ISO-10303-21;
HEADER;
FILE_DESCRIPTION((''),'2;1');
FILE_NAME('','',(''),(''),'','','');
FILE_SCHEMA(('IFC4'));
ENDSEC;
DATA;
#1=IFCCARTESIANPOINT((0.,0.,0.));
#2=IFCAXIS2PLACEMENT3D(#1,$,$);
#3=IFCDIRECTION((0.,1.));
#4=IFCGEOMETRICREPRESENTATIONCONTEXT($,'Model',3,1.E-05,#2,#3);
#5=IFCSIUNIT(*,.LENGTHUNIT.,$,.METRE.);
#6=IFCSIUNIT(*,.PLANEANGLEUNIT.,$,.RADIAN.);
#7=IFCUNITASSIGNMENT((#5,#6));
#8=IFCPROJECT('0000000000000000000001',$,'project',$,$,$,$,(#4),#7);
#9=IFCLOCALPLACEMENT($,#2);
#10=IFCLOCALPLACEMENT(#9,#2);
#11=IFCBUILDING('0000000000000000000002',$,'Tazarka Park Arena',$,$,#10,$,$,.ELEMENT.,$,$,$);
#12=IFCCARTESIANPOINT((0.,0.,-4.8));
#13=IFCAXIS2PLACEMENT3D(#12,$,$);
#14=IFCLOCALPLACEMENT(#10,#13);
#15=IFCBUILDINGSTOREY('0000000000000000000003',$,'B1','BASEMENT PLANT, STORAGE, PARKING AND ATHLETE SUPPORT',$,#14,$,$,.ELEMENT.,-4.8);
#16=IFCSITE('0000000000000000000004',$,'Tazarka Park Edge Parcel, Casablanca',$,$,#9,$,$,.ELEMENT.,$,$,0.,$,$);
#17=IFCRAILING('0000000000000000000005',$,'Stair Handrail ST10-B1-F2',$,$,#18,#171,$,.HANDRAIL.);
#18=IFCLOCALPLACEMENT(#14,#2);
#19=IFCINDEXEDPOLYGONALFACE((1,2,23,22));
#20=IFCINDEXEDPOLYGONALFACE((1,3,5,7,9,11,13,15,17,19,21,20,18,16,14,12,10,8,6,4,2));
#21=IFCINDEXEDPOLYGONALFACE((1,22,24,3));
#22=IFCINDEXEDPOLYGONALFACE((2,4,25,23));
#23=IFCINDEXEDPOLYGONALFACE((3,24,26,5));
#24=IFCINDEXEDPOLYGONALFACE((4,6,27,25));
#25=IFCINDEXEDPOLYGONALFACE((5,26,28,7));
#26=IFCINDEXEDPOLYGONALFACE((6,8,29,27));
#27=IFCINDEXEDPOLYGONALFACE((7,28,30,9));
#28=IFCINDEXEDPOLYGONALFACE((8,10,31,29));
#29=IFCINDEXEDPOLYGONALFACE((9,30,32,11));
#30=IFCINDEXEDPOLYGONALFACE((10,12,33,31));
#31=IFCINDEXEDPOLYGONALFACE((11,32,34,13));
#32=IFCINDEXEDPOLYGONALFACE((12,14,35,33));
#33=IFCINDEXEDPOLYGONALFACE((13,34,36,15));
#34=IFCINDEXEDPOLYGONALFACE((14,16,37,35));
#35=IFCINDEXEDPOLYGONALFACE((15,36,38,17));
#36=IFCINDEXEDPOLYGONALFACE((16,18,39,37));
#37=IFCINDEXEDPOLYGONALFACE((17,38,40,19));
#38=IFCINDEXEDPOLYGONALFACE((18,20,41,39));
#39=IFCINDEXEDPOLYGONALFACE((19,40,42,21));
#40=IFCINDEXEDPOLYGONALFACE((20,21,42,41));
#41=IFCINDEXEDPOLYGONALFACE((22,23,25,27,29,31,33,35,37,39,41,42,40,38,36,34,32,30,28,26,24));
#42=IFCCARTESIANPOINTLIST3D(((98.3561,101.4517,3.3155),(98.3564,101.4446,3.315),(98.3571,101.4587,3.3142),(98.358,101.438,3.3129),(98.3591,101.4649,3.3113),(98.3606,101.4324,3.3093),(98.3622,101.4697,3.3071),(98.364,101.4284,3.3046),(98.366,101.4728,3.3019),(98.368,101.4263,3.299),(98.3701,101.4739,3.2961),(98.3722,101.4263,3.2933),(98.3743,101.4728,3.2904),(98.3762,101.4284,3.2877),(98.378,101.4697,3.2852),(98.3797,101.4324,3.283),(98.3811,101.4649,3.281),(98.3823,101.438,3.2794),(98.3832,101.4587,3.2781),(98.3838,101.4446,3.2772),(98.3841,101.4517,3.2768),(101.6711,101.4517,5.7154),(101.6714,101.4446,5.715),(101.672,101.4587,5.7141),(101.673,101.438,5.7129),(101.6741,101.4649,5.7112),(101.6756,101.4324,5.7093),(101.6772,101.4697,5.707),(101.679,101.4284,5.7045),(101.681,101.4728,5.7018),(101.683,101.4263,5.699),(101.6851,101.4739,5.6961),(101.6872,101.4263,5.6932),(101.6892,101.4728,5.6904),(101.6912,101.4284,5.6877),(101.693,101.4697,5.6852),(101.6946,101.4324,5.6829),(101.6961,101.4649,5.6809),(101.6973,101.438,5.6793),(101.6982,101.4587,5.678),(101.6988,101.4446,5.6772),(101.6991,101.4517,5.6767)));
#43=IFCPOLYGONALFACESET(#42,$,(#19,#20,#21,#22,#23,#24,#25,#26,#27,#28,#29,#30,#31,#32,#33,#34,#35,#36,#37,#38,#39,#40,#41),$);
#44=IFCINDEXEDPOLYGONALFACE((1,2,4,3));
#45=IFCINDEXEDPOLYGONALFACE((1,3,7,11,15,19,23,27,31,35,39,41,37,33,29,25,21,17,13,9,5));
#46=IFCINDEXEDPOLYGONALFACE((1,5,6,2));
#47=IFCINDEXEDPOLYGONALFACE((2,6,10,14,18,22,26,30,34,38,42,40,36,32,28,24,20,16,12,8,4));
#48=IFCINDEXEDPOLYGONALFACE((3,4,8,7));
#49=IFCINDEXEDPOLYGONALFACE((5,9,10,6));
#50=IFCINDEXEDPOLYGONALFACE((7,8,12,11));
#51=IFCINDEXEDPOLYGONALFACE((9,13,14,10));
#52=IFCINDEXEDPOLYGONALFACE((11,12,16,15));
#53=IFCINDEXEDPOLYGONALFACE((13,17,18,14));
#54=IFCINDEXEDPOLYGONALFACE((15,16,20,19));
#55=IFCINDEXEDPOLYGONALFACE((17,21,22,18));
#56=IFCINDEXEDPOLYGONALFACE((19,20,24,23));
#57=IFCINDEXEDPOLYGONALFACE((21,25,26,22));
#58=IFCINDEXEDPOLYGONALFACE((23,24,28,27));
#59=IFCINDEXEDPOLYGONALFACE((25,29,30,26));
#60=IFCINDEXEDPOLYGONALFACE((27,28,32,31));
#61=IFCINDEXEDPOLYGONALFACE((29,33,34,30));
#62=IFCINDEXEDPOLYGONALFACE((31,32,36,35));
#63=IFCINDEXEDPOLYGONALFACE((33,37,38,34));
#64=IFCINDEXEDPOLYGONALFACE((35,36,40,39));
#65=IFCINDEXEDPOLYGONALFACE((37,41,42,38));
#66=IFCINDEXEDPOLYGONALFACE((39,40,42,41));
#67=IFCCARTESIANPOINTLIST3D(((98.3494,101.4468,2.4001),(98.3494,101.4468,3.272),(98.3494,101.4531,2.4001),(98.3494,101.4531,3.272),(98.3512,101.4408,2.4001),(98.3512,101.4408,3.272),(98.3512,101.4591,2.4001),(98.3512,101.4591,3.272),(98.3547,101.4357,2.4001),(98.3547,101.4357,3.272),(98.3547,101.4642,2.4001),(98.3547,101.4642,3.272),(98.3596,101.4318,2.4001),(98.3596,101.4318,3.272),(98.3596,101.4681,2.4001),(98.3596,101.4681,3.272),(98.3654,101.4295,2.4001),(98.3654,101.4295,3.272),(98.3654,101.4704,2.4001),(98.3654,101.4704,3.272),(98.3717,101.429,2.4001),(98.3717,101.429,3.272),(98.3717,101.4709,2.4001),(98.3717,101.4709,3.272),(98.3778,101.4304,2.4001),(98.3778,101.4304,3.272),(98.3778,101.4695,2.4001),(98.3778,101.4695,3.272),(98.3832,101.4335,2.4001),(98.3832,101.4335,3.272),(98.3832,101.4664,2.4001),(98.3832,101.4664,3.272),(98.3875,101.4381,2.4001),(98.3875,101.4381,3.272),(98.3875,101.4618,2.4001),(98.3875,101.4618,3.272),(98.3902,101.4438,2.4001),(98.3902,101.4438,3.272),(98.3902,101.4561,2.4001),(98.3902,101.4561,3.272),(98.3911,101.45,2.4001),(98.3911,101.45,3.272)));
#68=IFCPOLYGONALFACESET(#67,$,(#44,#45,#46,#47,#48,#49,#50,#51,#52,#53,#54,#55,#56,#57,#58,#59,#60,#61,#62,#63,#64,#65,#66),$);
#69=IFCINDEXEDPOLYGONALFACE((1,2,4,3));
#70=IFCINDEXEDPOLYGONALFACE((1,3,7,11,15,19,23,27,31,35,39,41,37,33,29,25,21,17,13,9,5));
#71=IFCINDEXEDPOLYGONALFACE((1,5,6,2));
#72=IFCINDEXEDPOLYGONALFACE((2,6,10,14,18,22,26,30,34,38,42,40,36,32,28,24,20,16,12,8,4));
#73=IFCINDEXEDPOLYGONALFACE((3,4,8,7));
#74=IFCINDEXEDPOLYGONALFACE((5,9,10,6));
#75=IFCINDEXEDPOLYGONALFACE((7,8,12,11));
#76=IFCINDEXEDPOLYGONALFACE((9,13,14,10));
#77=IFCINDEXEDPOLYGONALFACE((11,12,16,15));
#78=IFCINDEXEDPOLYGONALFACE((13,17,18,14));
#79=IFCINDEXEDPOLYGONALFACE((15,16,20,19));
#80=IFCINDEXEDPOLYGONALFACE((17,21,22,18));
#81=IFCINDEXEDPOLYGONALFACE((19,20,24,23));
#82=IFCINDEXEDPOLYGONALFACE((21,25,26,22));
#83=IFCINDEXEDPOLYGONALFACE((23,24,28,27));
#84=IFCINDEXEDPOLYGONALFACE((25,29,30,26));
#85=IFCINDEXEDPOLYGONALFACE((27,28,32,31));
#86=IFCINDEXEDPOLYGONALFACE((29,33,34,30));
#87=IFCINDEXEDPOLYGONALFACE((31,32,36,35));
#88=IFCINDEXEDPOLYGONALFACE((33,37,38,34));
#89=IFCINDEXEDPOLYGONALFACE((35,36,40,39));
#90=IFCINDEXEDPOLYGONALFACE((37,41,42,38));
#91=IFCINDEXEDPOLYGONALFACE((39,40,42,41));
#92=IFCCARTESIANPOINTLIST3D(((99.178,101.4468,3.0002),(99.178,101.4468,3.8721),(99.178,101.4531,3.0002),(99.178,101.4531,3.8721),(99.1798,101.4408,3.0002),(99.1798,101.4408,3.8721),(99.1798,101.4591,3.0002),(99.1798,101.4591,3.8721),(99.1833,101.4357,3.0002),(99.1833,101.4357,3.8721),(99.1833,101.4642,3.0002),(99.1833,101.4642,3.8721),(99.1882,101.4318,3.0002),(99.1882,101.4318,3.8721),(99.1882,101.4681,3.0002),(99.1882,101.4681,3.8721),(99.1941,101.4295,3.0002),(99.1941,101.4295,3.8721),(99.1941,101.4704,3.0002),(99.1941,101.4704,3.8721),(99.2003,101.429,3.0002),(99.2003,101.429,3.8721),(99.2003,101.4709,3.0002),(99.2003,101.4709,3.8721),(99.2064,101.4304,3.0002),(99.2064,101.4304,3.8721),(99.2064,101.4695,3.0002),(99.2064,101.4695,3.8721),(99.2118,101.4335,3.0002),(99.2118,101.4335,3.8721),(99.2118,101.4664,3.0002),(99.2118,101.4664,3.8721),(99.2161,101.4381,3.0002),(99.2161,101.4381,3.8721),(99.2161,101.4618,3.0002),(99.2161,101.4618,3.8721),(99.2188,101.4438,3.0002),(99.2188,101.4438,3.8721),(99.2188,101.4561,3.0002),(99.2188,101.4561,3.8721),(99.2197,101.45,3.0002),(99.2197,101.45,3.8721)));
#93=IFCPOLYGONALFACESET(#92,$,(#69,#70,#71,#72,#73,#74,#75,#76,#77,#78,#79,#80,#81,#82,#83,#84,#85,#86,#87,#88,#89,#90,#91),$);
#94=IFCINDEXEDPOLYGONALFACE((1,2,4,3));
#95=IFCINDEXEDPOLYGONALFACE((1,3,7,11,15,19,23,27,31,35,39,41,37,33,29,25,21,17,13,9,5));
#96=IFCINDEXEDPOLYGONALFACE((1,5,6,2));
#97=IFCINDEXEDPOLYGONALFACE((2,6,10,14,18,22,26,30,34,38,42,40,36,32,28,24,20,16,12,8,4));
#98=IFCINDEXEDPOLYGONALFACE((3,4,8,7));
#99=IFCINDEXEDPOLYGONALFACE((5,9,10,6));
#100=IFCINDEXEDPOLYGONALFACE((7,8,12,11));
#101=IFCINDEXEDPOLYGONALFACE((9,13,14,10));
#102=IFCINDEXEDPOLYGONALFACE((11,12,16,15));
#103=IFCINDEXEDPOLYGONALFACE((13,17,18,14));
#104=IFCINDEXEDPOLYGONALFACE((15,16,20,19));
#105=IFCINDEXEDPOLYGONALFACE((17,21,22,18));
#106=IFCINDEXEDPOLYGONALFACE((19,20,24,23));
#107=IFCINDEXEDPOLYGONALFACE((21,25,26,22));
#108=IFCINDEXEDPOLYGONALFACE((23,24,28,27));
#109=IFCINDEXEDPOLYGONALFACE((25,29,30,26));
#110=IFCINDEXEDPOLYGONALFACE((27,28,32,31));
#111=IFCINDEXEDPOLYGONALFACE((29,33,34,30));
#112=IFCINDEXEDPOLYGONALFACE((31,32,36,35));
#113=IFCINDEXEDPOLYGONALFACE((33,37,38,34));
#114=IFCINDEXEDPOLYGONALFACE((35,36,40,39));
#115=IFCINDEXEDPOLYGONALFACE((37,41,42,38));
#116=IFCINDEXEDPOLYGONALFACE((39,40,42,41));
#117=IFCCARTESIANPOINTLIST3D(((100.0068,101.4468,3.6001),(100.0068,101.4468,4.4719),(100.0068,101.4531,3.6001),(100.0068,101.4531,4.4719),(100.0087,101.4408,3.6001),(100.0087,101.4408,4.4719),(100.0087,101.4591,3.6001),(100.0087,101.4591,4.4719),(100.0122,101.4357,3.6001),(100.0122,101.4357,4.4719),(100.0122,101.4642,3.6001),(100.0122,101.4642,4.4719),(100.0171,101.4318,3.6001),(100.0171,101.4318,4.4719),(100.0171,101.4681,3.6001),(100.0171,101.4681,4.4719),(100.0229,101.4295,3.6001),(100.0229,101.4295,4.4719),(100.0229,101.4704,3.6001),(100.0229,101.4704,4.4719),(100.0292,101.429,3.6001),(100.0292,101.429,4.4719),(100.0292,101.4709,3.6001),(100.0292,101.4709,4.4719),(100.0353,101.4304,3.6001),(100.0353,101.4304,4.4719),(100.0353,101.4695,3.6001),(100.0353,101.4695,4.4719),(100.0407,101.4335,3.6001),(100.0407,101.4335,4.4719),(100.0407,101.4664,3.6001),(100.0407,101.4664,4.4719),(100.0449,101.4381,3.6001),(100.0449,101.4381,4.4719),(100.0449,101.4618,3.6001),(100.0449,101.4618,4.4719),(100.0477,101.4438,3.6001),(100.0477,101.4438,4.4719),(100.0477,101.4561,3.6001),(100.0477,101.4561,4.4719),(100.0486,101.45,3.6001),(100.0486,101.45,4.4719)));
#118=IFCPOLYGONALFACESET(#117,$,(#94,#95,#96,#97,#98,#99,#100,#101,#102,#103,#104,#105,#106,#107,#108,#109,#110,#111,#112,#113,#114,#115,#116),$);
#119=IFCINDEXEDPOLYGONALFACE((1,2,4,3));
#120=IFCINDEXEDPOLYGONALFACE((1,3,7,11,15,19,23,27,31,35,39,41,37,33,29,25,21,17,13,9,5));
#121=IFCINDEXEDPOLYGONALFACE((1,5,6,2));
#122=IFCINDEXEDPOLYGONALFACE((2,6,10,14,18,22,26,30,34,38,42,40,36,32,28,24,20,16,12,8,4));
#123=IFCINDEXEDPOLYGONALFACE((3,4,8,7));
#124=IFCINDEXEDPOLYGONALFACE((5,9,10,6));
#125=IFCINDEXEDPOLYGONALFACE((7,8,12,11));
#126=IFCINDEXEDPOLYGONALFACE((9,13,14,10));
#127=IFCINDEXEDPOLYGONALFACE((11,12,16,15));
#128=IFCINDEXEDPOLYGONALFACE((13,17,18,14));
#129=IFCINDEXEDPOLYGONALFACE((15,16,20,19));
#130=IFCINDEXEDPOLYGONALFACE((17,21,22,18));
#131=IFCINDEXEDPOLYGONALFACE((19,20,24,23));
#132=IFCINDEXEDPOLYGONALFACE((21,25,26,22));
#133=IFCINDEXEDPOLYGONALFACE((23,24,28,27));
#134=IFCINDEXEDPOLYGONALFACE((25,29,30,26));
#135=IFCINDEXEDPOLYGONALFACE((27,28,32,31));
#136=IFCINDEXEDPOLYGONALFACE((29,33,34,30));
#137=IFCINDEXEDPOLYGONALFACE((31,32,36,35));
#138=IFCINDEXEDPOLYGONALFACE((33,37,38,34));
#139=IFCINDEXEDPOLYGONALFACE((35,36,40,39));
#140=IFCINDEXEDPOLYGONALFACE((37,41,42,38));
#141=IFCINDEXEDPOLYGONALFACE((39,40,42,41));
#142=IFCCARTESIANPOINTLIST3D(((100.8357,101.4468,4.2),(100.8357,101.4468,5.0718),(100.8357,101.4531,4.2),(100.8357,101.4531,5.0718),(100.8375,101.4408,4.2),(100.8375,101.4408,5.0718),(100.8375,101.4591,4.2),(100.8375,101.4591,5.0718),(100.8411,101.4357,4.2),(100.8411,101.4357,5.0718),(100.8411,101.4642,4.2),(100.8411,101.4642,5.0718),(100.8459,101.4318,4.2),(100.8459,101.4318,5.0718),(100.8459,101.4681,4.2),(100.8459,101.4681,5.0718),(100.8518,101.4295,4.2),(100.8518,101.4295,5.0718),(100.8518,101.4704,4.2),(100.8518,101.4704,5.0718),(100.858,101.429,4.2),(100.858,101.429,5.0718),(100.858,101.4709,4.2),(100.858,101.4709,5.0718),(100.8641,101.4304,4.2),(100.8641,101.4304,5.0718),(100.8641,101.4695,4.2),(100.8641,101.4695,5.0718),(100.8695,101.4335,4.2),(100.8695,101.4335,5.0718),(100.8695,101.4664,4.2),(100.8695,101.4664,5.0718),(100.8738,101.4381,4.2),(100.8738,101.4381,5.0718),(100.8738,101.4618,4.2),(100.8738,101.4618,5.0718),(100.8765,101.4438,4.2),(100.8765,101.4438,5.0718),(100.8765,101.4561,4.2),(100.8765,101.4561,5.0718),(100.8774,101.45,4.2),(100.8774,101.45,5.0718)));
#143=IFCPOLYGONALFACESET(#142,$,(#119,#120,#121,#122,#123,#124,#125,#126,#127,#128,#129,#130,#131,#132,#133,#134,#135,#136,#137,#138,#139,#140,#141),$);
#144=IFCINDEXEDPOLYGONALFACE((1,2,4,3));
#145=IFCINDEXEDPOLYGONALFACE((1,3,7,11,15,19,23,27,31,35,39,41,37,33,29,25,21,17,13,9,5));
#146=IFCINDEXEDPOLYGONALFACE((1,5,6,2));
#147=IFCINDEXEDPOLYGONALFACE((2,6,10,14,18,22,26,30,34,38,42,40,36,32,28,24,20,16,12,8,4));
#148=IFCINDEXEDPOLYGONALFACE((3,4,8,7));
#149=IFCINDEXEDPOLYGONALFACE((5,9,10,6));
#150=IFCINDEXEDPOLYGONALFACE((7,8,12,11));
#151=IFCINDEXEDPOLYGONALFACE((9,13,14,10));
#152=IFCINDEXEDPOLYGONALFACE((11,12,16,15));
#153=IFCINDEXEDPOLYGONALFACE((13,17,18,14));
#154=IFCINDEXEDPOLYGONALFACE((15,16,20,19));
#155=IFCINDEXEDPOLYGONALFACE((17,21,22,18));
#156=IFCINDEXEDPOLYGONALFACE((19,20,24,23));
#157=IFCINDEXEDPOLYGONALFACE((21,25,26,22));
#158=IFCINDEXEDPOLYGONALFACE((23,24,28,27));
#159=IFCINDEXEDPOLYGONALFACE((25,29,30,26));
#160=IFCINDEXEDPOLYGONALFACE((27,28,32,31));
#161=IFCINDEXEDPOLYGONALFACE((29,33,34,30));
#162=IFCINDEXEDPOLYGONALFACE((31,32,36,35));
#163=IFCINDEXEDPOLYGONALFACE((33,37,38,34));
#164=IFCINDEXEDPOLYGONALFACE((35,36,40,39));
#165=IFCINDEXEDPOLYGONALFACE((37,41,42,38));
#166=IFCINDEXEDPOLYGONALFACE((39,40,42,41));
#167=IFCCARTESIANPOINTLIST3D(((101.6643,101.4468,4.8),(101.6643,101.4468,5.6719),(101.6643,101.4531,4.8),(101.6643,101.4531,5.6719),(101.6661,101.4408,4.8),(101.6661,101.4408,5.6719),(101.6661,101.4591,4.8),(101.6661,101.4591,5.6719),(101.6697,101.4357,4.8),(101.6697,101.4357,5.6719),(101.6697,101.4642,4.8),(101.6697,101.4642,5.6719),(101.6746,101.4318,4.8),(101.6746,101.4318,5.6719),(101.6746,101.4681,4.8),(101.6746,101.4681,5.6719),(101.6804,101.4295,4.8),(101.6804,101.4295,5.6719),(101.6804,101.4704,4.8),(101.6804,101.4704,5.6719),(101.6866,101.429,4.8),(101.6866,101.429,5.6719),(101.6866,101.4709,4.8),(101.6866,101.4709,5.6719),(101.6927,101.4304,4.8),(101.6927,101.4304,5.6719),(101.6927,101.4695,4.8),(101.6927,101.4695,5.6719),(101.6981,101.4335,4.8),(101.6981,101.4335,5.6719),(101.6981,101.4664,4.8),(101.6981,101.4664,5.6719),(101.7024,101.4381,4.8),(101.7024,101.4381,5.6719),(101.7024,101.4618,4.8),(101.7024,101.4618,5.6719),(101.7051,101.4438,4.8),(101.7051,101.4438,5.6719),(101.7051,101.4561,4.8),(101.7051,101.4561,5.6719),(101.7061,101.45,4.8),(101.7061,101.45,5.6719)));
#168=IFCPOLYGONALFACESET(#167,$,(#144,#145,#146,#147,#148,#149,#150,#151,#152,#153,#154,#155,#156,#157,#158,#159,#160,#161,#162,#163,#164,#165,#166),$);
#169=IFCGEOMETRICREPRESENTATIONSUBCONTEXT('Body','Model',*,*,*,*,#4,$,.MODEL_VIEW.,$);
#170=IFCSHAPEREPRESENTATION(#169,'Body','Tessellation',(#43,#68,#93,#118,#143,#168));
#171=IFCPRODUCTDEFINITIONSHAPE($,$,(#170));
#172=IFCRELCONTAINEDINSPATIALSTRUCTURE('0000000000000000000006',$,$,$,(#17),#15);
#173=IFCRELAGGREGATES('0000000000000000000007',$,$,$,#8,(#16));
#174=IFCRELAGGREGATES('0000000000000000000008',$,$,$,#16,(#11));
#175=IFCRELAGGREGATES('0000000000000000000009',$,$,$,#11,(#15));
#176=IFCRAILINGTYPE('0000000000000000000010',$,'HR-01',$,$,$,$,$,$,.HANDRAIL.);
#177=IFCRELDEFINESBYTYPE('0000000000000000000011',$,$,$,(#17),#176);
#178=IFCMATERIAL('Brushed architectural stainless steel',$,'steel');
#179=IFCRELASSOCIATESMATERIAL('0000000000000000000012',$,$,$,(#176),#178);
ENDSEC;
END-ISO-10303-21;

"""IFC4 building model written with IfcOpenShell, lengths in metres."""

from ifc_helpers import new_model, si_unit, direction, frame, origin, origin_2d, place, context, subcontext, project, spatial, circle, extrude, material, type_object, element, save


model = new_model("IFC4")

# Units and contexts
model_context = context("Model", 3, precision=1e-05, world=origin(), true_north=direction((0.0, 1.0)))
body_context = subcontext(model_context, "Body", "Model", "MODEL_VIEW")
ifc_project = project(units=[si_unit("LENGTHUNIT", "METRE"), si_unit("PLANEANGLEUNIT", "RADIAN")], contexts=[model_context])

# Site, building, storey
site_placement = place(None, origin())
site = spatial("IfcSite", under=ifc_project, at=site_placement, Name="Tazarka Park Edge Parcel, Casablanca", CompositionType="ELEMENT", RefElevation=0.0)
building_placement = place(site_placement, origin())
building = spatial("IfcBuilding", under=site, at=building_placement, Name="Tazarka Park Arena", CompositionType="ELEMENT")
storey_placement = place(building_placement, frame((0.0, 0.0, -4.8)))
storey = spatial("IfcBuildingStorey", under=building, at=storey_placement, Name="B1", Description="BASEMENT PLANT, STORAGE, PARKING AND ATHLETE SUPPORT", CompositionType="ELEMENT", Elevation=-4.8)

# Railing
ifc_material_1 = material(Name="Brushed architectural stainless steel", Category="steel")
railing_type_1 = type_object("IfcRailingType", Name="HR-01", PredefinedType="HANDRAIL", material=ifc_material_1)
railing_1_placement = place(storey_placement, frame((98.3701, 101.45, 2.4001)))
element("IfcRailing", 1, at=railing_1_placement, inside=storey, type_object=railing_type_1, Name="Stair Handrail ST10-B1-F2", PredefinedType="HANDRAIL", context=body_context, shape_type="SweptSolid", body=[
    extrude(circle(Radius=0.0239, at=origin_2d()), frame((0.0, 0.0, 0.896), z_axis=(0.810009, 0.0, 0.586418), x_axis=(0.0, 1.0, 0.0)), (0.0, 0.0, 1.0), 4.0925),
    extrude(circle(Radius=0.021, at=origin_2d()), origin(), (0.0, 0.0, 1.0), 0.8718),
    extrude(circle(Radius=0.021, at=origin_2d()), frame((0.8286, 0.0, 0.6001)), (0.0, 0.0, 1.0), 0.8718),
    extrude(circle(Radius=0.021, at=origin_2d()), frame((1.6575, 0.0, 1.2)), (0.0, 0.0, 1.0), 0.8718),
    extrude(circle(Radius=0.021, at=origin_2d()), frame((2.4863, 0.0, 1.7998)), (0.0, 0.0, 1.0), 0.8718),
    extrude(circle(Radius=0.021, at=origin_2d()), frame((3.3149, 0.0, 2.3999)), (0.0, 0.0, 1.0), 0.8718),
])

save(model, "model.ifc")
